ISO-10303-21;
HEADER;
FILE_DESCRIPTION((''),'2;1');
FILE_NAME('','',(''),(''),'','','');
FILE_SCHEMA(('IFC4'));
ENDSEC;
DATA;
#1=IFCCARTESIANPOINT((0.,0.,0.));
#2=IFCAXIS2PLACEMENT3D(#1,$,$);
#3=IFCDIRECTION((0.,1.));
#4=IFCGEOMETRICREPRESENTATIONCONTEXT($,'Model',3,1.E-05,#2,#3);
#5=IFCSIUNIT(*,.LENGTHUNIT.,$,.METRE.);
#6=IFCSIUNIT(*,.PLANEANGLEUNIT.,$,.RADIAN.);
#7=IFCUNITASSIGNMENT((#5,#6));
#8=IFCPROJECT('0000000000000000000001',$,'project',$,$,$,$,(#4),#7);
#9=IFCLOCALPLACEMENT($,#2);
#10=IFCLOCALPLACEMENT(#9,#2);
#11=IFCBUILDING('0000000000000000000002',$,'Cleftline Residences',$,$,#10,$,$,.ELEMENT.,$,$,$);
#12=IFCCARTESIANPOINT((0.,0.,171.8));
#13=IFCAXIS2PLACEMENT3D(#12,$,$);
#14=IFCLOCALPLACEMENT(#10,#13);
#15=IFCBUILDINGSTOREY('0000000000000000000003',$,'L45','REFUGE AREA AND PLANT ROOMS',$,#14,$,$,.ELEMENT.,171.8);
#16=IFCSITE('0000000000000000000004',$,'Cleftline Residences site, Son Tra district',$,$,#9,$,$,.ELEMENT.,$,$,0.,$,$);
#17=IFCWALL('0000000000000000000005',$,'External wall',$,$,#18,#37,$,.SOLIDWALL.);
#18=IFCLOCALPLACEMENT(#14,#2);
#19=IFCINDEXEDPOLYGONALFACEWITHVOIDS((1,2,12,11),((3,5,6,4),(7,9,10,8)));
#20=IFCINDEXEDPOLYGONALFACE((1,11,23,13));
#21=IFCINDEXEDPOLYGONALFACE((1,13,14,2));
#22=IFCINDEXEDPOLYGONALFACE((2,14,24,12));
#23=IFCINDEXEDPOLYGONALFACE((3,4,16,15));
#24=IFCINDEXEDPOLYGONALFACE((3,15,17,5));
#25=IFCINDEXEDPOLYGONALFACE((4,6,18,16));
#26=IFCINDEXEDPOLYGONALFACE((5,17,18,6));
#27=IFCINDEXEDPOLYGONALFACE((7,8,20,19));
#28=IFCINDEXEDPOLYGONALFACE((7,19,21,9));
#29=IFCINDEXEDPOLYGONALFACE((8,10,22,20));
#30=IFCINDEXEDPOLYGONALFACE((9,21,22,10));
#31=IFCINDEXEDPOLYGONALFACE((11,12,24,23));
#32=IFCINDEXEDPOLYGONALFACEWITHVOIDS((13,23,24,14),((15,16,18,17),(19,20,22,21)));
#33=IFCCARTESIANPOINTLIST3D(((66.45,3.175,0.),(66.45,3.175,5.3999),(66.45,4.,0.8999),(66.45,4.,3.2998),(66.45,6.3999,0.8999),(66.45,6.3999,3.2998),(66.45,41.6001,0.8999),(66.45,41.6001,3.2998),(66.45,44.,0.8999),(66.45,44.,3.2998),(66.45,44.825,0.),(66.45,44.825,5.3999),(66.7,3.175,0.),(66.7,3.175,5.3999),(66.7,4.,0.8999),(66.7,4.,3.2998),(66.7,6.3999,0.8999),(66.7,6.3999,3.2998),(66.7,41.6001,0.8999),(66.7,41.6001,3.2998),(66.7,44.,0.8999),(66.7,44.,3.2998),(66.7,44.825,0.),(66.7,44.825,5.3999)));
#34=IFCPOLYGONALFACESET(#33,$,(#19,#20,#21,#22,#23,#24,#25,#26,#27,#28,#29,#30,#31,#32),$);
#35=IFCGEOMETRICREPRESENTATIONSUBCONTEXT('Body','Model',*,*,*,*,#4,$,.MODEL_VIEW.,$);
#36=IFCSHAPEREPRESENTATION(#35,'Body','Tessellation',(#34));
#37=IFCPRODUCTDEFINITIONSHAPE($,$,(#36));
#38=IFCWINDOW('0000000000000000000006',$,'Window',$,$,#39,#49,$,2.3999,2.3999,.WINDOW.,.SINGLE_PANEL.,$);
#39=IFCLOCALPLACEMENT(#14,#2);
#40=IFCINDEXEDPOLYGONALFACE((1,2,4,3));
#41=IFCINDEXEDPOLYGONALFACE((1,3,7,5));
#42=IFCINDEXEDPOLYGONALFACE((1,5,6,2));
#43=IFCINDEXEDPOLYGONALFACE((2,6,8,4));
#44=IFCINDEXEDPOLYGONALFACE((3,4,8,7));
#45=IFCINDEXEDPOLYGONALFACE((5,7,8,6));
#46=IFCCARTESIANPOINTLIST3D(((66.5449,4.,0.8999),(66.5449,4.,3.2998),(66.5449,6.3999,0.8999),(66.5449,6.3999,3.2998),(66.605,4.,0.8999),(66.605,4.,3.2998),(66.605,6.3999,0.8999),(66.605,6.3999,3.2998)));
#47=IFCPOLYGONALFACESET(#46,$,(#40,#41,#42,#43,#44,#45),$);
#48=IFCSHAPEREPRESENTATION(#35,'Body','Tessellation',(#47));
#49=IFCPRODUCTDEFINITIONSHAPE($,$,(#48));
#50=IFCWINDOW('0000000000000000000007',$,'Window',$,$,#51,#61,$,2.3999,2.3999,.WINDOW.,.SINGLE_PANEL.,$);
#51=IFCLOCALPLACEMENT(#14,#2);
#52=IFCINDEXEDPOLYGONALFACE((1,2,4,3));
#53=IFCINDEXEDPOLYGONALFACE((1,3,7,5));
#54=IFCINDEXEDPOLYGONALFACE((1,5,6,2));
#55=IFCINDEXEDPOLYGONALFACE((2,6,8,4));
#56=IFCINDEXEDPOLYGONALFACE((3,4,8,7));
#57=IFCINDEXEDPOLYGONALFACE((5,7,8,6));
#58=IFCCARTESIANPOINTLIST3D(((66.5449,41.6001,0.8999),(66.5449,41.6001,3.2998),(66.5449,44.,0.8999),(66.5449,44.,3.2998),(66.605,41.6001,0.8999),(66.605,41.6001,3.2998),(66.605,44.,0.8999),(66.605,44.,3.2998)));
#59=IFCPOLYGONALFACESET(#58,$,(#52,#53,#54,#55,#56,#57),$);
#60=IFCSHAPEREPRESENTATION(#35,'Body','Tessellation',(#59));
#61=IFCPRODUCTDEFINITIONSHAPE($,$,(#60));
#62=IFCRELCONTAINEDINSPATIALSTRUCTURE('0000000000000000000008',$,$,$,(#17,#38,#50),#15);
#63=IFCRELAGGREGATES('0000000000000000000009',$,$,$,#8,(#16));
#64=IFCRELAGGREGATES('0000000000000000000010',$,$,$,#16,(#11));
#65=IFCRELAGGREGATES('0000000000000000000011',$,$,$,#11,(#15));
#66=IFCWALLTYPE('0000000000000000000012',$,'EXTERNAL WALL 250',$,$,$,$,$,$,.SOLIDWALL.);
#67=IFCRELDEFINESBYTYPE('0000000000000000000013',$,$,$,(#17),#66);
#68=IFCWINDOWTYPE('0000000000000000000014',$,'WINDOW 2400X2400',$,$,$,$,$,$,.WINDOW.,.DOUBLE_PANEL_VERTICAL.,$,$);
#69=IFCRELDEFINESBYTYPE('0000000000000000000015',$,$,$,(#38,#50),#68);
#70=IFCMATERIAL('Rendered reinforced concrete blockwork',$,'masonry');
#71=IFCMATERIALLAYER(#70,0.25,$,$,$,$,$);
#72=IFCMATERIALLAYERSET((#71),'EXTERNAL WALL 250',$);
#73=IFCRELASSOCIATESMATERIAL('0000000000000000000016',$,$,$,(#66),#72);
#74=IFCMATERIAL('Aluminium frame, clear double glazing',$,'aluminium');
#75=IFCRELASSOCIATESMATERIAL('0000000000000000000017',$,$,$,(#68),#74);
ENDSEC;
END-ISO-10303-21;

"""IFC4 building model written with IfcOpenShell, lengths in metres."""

from ifc_helpers import new_model, si_unit, direction, frame, frame_2d, origin, place, context, subcontext, project, spatial, rectangle, extrude, material, layer, layer_set, type_object, element, fill, save


model = new_model("IFC4")

# Units and contexts
model_context = context("Model", 3, precision=1e-05, world=origin(), true_north=direction((0.0, 1.0)))
body_context = subcontext(model_context, "Body", "Model", "MODEL_VIEW")
ifc_project = project(units=[si_unit("LENGTHUNIT", "METRE"), si_unit("PLANEANGLEUNIT", "RADIAN")], contexts=[model_context])

# Site, building, storey
site_placement = place(None, origin())
site = spatial("IfcSite", under=ifc_project, at=site_placement, Name="Cleftline Residences site, Son Tra district", CompositionType="ELEMENT", RefElevation=0.0)
building_placement = place(site_placement, origin())
building = spatial("IfcBuilding", under=site, at=building_placement, Name="Cleftline Residences", CompositionType="ELEMENT")
storey_placement = place(building_placement, frame((0.0, 0.0, 171.8)))
storey = spatial("IfcBuildingStorey", under=building, at=storey_placement, Name="L45", Description="REFUGE AREA AND PLANT ROOMS", CompositionType="ELEMENT", Elevation=171.8)

# Wall, openings, windows
ifc_material_1 = material(Name="Rendered reinforced concrete blockwork", Category="masonry")
ifc_layer_1 = layer(ifc_material_1, 0.25)
ifc_layer_set_1 = layer_set([ifc_layer_1], Name="EXTERNAL WALL 250")
wall_type = type_object("IfcWallType", Name="EXTERNAL WALL 250", PredefinedType="SOLIDWALL", material=ifc_layer_set_1)
wall_placement = place(storey_placement, frame((66.575, 3.175, 0.0), z_axis=(0.0, 0.0, 1.0), x_axis=(0.0, 1.0, 0.0)))
wall = element("IfcWall", 1, at=wall_placement, inside=storey, type_object=wall_type, Name="External wall", PredefinedType="SOLIDWALL", context=body_context, shape_type="SweptSolid", body=[
    extrude(rectangle(XDim=41.6499, YDim=0.25, at=frame_2d((20.825, 0.0))), origin(), (0.0, 0.0, 1.0), 5.3999),
])
opening_1_placement = place(wall_placement, frame((0.825, 0.0, 0.8999)))
opening_1 = element("IfcOpeningElement", 2, at=opening_1_placement, cuts=wall, PredefinedType="OPENING", context=body_context, shape_type="SweptSolid", body=[
    extrude(rectangle(XDim=2.3999, YDim=2.3999, at=frame_2d((1.2, 1.2))), frame((0.0, 0.135, 0.0), z_axis=(0.0, -1.0, 0.0), x_axis=(1.0, 0.0, 0.0)), (0.0, 0.0, 1.0), 0.27),
])
opening_2_placement = place(wall_placement, frame((38.425, 0.0, 0.8999)))
opening_2 = element("IfcOpeningElement", 3, at=opening_2_placement, cuts=wall, PredefinedType="OPENING", context=body_context, shape_type="SweptSolid", body=[
    extrude(rectangle(XDim=2.3999, YDim=2.3999, at=frame_2d((1.2, 1.2))), frame((0.0, 0.135, 0.0), z_axis=(0.0, -1.0, 0.0), x_axis=(1.0, 0.0, 0.0)), (0.0, 0.0, 1.0), 0.27),
])
ifc_material_2 = material(Name="Aluminium frame, clear double glazing", Category="aluminium")
window_type = type_object("IfcWindowType", Name="WINDOW 2400X2400", PartitioningType="DOUBLE_PANEL_VERTICAL", PredefinedType="WINDOW", material=ifc_material_2)
window_1_placement = place(opening_1_placement, origin())
window_1 = element("IfcWindow", 4, at=window_1_placement, inside=storey, type_object=window_type, Name="Window", OverallHeight=2.3999, OverallWidth=2.3999, PartitioningType="SINGLE_PANEL", PredefinedType="WINDOW", context=body_context, shape_type="SweptSolid", body=[
    extrude(rectangle(XDim=2.3999, YDim=2.3999, at=frame_2d((1.2, 1.2))), frame((0.0, 0.03, 0.0), z_axis=(0.0, -1.0, 0.0), x_axis=(1.0, 0.0, 0.0)), (0.0, 0.0, 1.0), 0.0601),
])
fill(opening_1, window_1)
window_2_placement = place(opening_2_placement, origin())
window_2 = element("IfcWindow", 5, at=window_2_placement, inside=storey, type_object=window_type, Name="Window", OverallHeight=2.3999, OverallWidth=2.3999, PartitioningType="SINGLE_PANEL", PredefinedType="WINDOW", context=body_context, shape_type="SweptSolid", body=[
    extrude(rectangle(XDim=2.3999, YDim=2.3999, at=frame_2d((1.2, 1.2))), frame((0.0, 0.03, 0.0), z_axis=(0.0, -1.0, 0.0), x_axis=(1.0, 0.0, 0.0)), (0.0, 0.0, 1.0), 0.0601),
])
fill(opening_2, window_2)

save(model, "model.ifc")
